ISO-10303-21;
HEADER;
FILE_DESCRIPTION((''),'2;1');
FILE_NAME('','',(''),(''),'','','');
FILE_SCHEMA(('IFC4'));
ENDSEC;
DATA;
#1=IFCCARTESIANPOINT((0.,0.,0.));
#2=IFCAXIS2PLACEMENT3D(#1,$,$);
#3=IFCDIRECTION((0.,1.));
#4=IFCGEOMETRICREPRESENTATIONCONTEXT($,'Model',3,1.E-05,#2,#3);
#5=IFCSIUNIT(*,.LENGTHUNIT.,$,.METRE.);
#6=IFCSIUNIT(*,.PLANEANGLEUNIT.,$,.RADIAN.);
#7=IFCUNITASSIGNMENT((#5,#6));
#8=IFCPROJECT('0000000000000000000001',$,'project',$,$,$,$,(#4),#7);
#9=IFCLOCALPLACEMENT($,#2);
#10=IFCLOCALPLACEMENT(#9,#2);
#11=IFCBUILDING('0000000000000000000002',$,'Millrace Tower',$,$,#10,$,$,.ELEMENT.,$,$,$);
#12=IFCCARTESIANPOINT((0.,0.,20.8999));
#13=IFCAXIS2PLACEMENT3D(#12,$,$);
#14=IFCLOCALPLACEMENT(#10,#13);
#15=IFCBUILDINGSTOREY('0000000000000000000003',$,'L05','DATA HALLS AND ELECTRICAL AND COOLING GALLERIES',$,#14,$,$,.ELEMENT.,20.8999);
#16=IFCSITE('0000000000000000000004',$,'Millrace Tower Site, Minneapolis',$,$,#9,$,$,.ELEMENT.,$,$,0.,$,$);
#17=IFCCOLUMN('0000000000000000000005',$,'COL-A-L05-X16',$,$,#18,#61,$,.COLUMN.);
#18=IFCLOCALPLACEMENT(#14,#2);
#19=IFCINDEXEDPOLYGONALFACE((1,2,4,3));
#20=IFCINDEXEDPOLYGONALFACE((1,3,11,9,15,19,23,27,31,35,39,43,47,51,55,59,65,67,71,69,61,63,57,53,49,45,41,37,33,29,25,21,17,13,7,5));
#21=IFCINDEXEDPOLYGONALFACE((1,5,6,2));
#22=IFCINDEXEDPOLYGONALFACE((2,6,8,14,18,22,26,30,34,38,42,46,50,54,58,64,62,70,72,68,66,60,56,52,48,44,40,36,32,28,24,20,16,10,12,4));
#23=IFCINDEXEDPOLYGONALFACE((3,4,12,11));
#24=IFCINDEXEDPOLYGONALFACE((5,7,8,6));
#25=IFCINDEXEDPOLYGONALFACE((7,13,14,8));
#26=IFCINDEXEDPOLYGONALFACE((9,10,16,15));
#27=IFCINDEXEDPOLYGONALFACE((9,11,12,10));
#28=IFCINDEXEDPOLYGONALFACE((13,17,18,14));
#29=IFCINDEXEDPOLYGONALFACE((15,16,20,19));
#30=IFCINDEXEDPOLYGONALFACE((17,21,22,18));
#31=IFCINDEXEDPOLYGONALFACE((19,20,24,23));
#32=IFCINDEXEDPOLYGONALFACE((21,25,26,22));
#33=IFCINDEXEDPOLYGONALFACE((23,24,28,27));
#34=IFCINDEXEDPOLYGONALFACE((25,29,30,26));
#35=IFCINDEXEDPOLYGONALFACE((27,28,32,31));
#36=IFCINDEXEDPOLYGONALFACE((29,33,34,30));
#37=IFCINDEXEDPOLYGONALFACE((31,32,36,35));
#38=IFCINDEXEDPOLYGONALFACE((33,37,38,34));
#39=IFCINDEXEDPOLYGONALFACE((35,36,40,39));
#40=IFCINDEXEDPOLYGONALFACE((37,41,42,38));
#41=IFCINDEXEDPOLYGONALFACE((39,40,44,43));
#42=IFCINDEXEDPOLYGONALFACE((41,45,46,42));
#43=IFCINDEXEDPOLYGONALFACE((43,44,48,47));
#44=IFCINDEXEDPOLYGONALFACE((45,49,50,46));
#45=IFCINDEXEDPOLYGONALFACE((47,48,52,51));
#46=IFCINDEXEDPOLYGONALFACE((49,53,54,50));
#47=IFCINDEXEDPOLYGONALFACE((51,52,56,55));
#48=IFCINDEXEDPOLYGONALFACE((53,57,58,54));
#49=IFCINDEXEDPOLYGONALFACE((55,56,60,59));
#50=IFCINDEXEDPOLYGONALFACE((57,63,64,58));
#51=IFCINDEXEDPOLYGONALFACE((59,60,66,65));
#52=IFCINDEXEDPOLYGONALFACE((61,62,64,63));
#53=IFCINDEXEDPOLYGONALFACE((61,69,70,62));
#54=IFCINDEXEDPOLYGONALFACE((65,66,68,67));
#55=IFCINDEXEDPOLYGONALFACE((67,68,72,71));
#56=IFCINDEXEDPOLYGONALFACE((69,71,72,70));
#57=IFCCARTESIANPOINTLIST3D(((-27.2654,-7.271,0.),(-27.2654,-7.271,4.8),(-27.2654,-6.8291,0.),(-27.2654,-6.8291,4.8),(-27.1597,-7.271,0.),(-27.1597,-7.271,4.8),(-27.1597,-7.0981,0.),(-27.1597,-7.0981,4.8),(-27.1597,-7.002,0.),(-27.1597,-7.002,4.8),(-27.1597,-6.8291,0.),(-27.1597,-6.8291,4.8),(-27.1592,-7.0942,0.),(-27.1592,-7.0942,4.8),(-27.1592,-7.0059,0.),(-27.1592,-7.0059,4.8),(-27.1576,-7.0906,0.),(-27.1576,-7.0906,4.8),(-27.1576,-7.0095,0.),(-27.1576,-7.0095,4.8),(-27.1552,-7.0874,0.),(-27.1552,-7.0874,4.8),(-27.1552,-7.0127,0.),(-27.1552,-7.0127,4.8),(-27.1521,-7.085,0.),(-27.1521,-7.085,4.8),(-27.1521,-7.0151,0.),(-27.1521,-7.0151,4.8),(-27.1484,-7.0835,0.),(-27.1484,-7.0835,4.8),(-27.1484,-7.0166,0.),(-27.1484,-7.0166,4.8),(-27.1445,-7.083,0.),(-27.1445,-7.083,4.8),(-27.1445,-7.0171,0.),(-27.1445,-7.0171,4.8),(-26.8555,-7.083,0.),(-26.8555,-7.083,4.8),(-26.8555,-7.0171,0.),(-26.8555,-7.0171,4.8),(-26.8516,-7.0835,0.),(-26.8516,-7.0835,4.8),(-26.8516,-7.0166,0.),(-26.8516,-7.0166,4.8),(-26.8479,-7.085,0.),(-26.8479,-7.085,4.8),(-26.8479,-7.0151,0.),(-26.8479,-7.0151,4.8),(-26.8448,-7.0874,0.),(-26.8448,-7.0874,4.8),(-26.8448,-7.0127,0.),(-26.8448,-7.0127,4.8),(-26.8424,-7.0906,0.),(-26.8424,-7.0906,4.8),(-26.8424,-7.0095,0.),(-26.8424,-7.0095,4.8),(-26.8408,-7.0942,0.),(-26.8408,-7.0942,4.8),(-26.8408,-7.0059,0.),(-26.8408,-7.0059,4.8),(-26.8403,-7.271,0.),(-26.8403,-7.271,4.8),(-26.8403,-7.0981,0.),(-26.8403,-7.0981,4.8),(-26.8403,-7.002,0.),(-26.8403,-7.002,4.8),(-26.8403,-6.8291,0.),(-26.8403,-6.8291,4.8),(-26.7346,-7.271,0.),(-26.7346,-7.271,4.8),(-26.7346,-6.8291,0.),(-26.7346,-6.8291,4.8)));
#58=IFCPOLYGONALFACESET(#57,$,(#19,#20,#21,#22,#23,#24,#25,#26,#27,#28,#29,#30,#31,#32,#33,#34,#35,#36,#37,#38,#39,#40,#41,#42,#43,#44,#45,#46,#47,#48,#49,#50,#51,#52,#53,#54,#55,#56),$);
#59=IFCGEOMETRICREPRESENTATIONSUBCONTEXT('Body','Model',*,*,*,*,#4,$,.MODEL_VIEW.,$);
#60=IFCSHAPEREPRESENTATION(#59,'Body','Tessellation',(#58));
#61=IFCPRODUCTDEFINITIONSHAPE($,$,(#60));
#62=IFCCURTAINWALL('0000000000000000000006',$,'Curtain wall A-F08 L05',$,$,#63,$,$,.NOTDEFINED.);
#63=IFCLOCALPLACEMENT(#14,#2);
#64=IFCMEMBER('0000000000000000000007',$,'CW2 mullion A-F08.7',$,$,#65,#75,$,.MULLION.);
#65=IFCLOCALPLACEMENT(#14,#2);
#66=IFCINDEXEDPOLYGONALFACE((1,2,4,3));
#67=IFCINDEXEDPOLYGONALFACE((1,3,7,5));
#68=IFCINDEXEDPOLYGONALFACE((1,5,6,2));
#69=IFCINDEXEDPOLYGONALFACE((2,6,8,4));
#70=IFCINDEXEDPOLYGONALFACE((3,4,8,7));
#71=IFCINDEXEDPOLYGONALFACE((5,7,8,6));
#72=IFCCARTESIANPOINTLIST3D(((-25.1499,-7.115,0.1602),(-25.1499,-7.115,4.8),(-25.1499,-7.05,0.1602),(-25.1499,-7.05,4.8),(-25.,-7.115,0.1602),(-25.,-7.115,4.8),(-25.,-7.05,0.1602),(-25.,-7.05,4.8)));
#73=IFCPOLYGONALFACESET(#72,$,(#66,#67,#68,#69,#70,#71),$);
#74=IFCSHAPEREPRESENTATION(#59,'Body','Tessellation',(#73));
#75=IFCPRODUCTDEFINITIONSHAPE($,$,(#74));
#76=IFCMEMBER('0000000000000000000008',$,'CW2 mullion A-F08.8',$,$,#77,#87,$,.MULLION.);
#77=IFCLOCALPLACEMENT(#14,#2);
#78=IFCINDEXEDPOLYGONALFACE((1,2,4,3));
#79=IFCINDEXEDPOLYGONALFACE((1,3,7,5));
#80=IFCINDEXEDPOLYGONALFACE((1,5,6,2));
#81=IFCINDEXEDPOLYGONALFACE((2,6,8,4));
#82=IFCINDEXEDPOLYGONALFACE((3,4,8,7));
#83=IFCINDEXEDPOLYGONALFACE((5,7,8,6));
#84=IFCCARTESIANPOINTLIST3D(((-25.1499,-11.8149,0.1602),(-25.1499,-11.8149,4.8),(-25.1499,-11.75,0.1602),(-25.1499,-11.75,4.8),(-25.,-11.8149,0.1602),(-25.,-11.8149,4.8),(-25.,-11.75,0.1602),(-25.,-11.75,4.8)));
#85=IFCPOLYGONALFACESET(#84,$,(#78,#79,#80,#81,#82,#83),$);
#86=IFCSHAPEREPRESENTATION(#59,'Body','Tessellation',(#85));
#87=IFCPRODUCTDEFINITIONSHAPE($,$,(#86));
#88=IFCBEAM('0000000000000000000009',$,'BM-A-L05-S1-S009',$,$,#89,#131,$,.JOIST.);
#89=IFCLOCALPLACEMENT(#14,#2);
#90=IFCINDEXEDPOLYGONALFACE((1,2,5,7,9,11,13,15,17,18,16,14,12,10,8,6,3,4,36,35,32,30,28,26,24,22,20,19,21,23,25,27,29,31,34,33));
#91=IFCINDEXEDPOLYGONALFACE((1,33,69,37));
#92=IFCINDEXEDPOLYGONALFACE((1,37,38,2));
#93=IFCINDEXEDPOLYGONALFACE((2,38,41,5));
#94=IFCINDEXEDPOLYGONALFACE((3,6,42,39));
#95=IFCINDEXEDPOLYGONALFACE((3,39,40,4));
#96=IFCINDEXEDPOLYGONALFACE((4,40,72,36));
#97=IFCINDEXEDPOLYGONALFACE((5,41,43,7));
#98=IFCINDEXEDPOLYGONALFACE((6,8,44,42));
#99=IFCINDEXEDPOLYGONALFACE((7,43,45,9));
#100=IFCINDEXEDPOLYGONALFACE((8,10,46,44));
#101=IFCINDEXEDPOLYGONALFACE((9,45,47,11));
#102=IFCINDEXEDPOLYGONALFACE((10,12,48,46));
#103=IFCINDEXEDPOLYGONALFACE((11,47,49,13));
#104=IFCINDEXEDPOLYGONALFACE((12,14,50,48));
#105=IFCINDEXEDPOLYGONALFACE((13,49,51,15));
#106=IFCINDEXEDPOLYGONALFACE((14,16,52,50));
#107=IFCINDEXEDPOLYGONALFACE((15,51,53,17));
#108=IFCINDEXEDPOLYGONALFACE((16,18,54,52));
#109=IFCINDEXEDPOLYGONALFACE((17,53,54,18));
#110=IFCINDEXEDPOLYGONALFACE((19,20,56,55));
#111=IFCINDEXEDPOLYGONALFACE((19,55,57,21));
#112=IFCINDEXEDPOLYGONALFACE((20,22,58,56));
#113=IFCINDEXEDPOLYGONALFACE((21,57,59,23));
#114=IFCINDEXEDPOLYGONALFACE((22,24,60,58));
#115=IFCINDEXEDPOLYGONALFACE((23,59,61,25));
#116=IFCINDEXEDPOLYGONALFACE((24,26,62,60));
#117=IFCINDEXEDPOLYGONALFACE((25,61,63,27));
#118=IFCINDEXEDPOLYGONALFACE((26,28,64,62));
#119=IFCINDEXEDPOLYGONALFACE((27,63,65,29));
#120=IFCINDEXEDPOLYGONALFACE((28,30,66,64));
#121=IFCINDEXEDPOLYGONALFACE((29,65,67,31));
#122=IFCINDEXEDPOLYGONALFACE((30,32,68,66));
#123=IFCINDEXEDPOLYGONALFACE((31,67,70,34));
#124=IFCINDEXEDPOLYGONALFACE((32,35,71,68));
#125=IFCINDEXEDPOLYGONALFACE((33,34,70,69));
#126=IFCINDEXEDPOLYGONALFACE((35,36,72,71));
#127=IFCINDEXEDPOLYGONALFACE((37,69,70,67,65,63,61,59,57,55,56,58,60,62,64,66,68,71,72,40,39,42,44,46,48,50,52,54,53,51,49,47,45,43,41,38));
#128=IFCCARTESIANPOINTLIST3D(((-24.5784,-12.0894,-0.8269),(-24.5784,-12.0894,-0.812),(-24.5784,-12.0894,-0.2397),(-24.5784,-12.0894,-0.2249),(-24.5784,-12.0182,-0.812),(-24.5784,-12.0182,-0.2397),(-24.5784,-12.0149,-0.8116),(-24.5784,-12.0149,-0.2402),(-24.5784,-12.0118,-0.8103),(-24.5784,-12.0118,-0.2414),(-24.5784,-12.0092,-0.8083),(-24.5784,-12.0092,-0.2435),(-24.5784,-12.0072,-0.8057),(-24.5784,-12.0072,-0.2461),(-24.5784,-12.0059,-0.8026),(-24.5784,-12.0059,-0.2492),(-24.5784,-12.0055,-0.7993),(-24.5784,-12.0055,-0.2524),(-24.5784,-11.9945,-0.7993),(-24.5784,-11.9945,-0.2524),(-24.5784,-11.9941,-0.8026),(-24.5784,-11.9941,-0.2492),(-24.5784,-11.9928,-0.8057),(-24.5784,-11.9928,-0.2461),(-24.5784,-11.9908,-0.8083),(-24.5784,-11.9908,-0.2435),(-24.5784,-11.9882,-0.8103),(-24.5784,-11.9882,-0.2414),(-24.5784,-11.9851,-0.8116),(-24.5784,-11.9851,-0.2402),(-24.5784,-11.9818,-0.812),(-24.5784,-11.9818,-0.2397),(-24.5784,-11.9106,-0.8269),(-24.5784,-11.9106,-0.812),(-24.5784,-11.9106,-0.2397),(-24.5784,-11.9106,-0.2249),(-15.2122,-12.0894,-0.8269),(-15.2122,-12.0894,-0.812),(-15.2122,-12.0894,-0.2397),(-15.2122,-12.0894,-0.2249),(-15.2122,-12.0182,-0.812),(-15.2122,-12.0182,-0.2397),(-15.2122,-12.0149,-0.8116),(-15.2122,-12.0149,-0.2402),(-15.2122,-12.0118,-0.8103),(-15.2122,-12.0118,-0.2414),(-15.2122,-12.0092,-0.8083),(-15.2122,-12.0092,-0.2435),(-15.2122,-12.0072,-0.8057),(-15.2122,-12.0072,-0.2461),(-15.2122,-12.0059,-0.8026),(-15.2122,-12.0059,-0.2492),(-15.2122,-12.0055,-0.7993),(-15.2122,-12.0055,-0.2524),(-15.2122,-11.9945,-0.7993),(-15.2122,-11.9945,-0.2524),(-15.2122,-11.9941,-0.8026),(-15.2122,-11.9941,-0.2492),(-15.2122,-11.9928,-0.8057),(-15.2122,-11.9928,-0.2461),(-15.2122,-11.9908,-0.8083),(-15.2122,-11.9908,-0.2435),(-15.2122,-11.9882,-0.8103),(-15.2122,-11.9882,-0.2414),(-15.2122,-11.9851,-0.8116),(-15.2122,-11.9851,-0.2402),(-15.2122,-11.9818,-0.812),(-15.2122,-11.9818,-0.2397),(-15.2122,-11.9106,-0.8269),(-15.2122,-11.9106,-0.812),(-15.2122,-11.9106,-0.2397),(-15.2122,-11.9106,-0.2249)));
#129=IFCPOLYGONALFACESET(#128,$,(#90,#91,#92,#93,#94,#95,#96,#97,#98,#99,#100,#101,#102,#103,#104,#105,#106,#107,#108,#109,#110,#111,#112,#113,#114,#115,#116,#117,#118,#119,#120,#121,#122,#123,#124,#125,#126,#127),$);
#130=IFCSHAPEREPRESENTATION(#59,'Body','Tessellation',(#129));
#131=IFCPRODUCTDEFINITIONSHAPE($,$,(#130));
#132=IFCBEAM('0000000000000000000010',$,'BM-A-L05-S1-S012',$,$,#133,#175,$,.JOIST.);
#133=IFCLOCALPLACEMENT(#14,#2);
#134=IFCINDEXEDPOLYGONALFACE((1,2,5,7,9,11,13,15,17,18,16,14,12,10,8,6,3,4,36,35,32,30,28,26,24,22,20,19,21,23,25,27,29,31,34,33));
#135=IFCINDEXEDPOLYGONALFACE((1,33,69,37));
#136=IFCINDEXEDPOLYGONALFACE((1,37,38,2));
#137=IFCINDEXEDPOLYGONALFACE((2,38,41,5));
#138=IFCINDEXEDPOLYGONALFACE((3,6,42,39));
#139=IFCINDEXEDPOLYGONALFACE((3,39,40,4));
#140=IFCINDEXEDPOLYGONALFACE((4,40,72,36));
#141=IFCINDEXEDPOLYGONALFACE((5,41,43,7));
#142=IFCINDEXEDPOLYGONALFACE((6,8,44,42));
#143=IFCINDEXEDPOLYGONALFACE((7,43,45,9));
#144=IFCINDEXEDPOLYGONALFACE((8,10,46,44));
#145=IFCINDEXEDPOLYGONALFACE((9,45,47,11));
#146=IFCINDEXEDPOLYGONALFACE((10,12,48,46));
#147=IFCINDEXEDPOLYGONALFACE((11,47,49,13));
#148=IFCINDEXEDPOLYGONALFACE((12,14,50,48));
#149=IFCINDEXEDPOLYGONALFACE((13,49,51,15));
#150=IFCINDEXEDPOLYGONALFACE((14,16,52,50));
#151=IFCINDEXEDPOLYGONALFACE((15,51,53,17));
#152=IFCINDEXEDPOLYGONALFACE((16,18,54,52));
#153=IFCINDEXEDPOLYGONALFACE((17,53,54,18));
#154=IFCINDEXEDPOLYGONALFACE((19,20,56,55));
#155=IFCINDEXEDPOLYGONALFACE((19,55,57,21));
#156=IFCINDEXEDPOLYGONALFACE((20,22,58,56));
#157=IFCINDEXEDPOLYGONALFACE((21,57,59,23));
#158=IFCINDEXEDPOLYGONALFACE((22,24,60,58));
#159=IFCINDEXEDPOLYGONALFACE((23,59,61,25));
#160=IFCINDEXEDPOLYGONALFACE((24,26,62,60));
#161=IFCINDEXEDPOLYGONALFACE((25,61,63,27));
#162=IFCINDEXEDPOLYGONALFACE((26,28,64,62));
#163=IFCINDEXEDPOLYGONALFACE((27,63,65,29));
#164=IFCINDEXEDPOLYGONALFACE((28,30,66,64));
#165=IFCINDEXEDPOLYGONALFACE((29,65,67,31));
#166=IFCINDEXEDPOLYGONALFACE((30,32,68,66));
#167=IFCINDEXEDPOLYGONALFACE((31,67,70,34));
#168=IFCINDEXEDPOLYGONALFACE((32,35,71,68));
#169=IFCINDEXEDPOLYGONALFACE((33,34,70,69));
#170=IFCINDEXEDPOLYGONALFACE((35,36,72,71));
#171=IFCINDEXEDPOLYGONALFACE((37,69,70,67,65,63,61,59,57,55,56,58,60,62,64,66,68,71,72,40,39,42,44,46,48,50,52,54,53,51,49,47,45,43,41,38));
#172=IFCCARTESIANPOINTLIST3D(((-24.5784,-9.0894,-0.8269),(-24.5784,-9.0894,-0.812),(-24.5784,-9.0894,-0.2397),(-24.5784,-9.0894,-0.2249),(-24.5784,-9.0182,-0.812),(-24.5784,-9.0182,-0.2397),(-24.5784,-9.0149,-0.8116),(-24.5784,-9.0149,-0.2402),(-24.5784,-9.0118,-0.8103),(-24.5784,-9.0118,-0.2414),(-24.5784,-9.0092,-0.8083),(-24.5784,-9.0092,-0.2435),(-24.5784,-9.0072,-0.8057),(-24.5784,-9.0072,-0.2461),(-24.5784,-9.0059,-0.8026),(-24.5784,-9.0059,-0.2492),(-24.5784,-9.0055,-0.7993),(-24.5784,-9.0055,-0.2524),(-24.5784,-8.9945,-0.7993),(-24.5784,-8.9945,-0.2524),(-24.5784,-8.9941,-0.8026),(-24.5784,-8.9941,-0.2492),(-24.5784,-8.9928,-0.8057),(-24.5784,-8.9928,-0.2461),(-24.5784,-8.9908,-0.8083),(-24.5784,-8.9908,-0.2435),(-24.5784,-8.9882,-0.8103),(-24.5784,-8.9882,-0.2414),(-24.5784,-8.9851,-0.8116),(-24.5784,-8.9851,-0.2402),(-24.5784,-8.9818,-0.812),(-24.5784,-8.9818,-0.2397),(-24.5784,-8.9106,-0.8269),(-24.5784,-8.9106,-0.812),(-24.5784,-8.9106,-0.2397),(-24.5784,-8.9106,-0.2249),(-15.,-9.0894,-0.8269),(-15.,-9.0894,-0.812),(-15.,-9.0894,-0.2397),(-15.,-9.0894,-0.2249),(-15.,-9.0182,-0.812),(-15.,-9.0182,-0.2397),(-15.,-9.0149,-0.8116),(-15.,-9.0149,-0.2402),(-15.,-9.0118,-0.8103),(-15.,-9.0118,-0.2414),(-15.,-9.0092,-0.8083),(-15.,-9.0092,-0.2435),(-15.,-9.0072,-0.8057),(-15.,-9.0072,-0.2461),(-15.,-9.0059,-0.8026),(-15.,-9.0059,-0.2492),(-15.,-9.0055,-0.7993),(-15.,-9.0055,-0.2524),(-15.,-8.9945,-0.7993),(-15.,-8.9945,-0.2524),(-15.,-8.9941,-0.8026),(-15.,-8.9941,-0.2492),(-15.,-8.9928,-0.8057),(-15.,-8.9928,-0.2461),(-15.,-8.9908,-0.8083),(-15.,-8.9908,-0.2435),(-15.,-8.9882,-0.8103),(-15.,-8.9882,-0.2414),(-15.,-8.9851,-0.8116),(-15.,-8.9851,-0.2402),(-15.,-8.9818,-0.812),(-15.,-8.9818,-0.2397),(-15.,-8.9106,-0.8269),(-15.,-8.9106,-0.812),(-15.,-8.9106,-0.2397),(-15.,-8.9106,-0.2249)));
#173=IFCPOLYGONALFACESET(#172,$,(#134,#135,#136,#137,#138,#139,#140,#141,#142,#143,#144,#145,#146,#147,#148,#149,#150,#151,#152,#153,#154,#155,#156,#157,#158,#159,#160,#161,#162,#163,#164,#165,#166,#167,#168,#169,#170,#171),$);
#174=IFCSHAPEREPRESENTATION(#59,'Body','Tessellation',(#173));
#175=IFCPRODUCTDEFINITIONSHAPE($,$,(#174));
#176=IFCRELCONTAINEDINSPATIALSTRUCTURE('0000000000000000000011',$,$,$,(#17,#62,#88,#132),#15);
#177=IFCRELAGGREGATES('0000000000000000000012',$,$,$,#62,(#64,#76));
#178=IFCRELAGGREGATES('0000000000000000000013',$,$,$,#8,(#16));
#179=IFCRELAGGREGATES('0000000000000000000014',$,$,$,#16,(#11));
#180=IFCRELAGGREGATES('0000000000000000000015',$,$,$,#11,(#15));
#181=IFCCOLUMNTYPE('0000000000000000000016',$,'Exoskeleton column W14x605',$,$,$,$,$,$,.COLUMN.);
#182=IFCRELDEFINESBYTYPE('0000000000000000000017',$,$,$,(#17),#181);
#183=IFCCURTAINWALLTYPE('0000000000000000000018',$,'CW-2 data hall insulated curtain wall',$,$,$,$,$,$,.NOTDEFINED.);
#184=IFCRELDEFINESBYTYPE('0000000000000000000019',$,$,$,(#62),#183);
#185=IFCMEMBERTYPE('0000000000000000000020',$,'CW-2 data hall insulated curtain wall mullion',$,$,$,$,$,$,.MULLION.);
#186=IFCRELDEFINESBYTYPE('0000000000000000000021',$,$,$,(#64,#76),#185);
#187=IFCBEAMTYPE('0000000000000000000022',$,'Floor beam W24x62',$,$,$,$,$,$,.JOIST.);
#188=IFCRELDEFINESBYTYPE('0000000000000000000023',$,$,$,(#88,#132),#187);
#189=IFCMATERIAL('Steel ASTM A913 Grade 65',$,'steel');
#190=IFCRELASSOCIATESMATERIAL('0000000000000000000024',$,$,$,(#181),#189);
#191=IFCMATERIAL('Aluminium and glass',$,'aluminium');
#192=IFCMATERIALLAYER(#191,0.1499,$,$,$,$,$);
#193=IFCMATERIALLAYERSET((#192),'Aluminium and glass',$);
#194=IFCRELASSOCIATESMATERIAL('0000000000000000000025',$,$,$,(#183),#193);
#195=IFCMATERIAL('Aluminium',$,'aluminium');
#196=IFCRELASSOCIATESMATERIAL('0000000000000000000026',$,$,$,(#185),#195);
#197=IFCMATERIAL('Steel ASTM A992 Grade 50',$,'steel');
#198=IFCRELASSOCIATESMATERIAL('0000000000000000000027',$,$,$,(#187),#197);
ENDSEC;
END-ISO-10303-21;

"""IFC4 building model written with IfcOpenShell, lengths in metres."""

from ifc_helpers import new_model, si_unit, direction, frame, origin, origin_2d, place, context, subcontext, project, spatial, rectangle, i_section, extrude, material, layer, layer_set, material_profile, profile_set, type_object, element, aggregate, save


model = new_model("IFC4")

# Units and contexts
model_context = context("Model", 3, precision=1e-05, world=origin(), true_north=direction((0.0, 1.0)))
body_context = subcontext(model_context, "Body", "Model", "MODEL_VIEW")
ifc_project = project(units=[si_unit("LENGTHUNIT", "METRE"), si_unit("PLANEANGLEUNIT", "RADIAN")], contexts=[model_context])

# Site, building, storey
site_placement = place(None, origin())
site = spatial("IfcSite", under=ifc_project, at=site_placement, Name="Millrace Tower Site, Minneapolis", CompositionType="ELEMENT", RefElevation=0.0)
building_placement = place(site_placement, origin())
building = spatial("IfcBuilding", under=site, at=building_placement, Name="Millrace Tower", CompositionType="ELEMENT")
storey_placement = place(building_placement, frame((0.0, 0.0, 20.8999)))
storey = spatial("IfcBuildingStorey", under=building, at=storey_placement, Name="L05", Description="DATA HALLS AND ELECTRICAL AND COOLING GALLERIES", CompositionType="ELEMENT", Elevation=20.8999)

# Column
ifc_material_1 = material(Name="Steel ASTM A913 Grade 65", Category="steel")
ifc_material_profile_1 = material_profile(ifc_material_1, i_section(OverallWidth=0.4419, OverallDepth=0.5308, WebThickness=0.0659, FlangeThickness=0.1057, FilletRadius=0.0151, at=origin_2d()))
ifc_profile_set_1 = profile_set([ifc_material_profile_1], Name="Steel ASTM A913 Grade 65")
column_type = type_object("IfcColumnType", Name="Exoskeleton column W14x605", PredefinedType="COLUMN", material=ifc_profile_set_1)
column_placement = place(storey_placement, frame((-27.0, -7.05, 0.0), z_axis=(0.0, 0.0, 1.0), x_axis=(0.0, -1.0, 0.0)))
element("IfcColumn", 1, at=column_placement, inside=storey, type_object=column_type, Name="COL-A-L05-X16", PredefinedType="COLUMN", context=body_context, shape_type="SweptSolid", body=[
    extrude(i_section(OverallWidth=0.4419, OverallDepth=0.5308, WebThickness=0.0659, FlangeThickness=0.1057, FilletRadius=0.0151, at=origin_2d()), origin(), (0.0, 0.0, 1.0), 4.8),
])

# Curtain wall, members
ifc_material_2 = material(Name="Aluminium and glass", Category="aluminium")
ifc_layer_1 = layer(ifc_material_2, 0.1499)
ifc_layer_set_1 = layer_set([ifc_layer_1], Name="Aluminium and glass")
curtain_wall_type = type_object("IfcCurtainWallType", Name="CW-2 data hall insulated curtain wall", PredefinedType="NOTDEFINED", material=ifc_layer_set_1)
curtain_wall_placement = place(storey_placement, origin())
curtain_wall = element("IfcCurtainWall", 2, at=curtain_wall_placement, inside=storey, type_object=curtain_wall_type, Name="Curtain wall A-F08 L05", PredefinedType="NOTDEFINED")
ifc_material_3 = material(Name="Aluminium", Category="aluminium")
ifc_material_profile_2 = material_profile(ifc_material_3, rectangle(XDim=0.0649, YDim=0.1499, at=origin_2d()))
ifc_profile_set_2 = profile_set([ifc_material_profile_2], Name="Aluminium")
member_type = type_object("IfcMemberType", Name="CW-2 data hall insulated curtain wall mullion", PredefinedType="MULLION", material=ifc_profile_set_2)
member_1_placement = place(storey_placement, frame((-25.075, -7.0825, 0.1602), z_axis=(0.0, 0.0, 1.0), x_axis=(0.0, -1.0, 0.0)))
member_1 = element("IfcMember", 3, at=member_1_placement, type_object=member_type, Name="CW2 mullion A-F08.7", PredefinedType="MULLION", context=body_context, shape_type="SweptSolid", body=[
    extrude(rectangle(XDim=0.0649, YDim=0.1499, at=origin_2d()), origin(), (0.0, 0.0, 1.0), 4.6399),
])
member_2_placement = place(storey_placement, frame((-25.075, -11.7825, 0.1602), z_axis=(0.0, 0.0, 1.0), x_axis=(0.0, -1.0, 0.0)))
member_2 = element("IfcMember", 4, at=member_2_placement, type_object=member_type, Name="CW2 mullion A-F08.8", PredefinedType="MULLION", context=body_context, shape_type="SweptSolid", body=[
    extrude(rectangle(XDim=0.0649, YDim=0.1499, at=origin_2d()), origin(), (0.0, 0.0, 1.0), 4.6399),
])
aggregate(curtain_wall, [member_1, member_2])

# Beams
ifc_material_4 = material(Name="Steel ASTM A992 Grade 50", Category="steel")
ifc_material_profile_3 = material_profile(ifc_material_4, i_section(OverallWidth=0.1787, OverallDepth=0.6021, WebThickness=0.011, FlangeThickness=0.0149, FilletRadius=0.0127, at=origin_2d()))
ifc_profile_set_3 = profile_set([ifc_material_profile_3], Name="Steel ASTM A992 Grade 50")
beam_type_1 = type_object("IfcBeamType", Name="Floor beam W24x62", PredefinedType="JOIST", material=ifc_profile_set_3)
beam_1_placement = place(storey_placement, frame((-24.5784, -12.0, -0.5259), z_axis=(1.0, 0.0, 0.0), x_axis=(0.0, 1.0, 0.0)))
element("IfcBeam", 5, at=beam_1_placement, inside=storey, type_object=beam_type_1, Name="BM-A-L05-S1-S009", PredefinedType="JOIST", context=body_context, shape_type="SweptSolid", body=[
    extrude(i_section(OverallWidth=0.1787, OverallDepth=0.6021, WebThickness=0.011, FlangeThickness=0.0149, FilletRadius=0.0127, at=origin_2d()), origin(), (0.0, 0.0, 1.0), 9.3662),
])
beam_2_placement = place(storey_placement, frame((-24.5784, -9.0, -0.5259), z_axis=(1.0, 0.0, 0.0), x_axis=(0.0, 1.0, 0.0)))
element("IfcBeam", 6, at=beam_2_placement, inside=storey, type_object=beam_type_1, Name="BM-A-L05-S1-S012", PredefinedType="JOIST", context=body_context, shape_type="SweptSolid", body=[
    extrude(i_section(OverallWidth=0.1787, OverallDepth=0.6021, WebThickness=0.011, FlangeThickness=0.0149, FilletRadius=0.0127, at=origin_2d()), origin(), (0.0, 0.0, 1.0), 9.5784),
])

save(model, "model.ifc")
